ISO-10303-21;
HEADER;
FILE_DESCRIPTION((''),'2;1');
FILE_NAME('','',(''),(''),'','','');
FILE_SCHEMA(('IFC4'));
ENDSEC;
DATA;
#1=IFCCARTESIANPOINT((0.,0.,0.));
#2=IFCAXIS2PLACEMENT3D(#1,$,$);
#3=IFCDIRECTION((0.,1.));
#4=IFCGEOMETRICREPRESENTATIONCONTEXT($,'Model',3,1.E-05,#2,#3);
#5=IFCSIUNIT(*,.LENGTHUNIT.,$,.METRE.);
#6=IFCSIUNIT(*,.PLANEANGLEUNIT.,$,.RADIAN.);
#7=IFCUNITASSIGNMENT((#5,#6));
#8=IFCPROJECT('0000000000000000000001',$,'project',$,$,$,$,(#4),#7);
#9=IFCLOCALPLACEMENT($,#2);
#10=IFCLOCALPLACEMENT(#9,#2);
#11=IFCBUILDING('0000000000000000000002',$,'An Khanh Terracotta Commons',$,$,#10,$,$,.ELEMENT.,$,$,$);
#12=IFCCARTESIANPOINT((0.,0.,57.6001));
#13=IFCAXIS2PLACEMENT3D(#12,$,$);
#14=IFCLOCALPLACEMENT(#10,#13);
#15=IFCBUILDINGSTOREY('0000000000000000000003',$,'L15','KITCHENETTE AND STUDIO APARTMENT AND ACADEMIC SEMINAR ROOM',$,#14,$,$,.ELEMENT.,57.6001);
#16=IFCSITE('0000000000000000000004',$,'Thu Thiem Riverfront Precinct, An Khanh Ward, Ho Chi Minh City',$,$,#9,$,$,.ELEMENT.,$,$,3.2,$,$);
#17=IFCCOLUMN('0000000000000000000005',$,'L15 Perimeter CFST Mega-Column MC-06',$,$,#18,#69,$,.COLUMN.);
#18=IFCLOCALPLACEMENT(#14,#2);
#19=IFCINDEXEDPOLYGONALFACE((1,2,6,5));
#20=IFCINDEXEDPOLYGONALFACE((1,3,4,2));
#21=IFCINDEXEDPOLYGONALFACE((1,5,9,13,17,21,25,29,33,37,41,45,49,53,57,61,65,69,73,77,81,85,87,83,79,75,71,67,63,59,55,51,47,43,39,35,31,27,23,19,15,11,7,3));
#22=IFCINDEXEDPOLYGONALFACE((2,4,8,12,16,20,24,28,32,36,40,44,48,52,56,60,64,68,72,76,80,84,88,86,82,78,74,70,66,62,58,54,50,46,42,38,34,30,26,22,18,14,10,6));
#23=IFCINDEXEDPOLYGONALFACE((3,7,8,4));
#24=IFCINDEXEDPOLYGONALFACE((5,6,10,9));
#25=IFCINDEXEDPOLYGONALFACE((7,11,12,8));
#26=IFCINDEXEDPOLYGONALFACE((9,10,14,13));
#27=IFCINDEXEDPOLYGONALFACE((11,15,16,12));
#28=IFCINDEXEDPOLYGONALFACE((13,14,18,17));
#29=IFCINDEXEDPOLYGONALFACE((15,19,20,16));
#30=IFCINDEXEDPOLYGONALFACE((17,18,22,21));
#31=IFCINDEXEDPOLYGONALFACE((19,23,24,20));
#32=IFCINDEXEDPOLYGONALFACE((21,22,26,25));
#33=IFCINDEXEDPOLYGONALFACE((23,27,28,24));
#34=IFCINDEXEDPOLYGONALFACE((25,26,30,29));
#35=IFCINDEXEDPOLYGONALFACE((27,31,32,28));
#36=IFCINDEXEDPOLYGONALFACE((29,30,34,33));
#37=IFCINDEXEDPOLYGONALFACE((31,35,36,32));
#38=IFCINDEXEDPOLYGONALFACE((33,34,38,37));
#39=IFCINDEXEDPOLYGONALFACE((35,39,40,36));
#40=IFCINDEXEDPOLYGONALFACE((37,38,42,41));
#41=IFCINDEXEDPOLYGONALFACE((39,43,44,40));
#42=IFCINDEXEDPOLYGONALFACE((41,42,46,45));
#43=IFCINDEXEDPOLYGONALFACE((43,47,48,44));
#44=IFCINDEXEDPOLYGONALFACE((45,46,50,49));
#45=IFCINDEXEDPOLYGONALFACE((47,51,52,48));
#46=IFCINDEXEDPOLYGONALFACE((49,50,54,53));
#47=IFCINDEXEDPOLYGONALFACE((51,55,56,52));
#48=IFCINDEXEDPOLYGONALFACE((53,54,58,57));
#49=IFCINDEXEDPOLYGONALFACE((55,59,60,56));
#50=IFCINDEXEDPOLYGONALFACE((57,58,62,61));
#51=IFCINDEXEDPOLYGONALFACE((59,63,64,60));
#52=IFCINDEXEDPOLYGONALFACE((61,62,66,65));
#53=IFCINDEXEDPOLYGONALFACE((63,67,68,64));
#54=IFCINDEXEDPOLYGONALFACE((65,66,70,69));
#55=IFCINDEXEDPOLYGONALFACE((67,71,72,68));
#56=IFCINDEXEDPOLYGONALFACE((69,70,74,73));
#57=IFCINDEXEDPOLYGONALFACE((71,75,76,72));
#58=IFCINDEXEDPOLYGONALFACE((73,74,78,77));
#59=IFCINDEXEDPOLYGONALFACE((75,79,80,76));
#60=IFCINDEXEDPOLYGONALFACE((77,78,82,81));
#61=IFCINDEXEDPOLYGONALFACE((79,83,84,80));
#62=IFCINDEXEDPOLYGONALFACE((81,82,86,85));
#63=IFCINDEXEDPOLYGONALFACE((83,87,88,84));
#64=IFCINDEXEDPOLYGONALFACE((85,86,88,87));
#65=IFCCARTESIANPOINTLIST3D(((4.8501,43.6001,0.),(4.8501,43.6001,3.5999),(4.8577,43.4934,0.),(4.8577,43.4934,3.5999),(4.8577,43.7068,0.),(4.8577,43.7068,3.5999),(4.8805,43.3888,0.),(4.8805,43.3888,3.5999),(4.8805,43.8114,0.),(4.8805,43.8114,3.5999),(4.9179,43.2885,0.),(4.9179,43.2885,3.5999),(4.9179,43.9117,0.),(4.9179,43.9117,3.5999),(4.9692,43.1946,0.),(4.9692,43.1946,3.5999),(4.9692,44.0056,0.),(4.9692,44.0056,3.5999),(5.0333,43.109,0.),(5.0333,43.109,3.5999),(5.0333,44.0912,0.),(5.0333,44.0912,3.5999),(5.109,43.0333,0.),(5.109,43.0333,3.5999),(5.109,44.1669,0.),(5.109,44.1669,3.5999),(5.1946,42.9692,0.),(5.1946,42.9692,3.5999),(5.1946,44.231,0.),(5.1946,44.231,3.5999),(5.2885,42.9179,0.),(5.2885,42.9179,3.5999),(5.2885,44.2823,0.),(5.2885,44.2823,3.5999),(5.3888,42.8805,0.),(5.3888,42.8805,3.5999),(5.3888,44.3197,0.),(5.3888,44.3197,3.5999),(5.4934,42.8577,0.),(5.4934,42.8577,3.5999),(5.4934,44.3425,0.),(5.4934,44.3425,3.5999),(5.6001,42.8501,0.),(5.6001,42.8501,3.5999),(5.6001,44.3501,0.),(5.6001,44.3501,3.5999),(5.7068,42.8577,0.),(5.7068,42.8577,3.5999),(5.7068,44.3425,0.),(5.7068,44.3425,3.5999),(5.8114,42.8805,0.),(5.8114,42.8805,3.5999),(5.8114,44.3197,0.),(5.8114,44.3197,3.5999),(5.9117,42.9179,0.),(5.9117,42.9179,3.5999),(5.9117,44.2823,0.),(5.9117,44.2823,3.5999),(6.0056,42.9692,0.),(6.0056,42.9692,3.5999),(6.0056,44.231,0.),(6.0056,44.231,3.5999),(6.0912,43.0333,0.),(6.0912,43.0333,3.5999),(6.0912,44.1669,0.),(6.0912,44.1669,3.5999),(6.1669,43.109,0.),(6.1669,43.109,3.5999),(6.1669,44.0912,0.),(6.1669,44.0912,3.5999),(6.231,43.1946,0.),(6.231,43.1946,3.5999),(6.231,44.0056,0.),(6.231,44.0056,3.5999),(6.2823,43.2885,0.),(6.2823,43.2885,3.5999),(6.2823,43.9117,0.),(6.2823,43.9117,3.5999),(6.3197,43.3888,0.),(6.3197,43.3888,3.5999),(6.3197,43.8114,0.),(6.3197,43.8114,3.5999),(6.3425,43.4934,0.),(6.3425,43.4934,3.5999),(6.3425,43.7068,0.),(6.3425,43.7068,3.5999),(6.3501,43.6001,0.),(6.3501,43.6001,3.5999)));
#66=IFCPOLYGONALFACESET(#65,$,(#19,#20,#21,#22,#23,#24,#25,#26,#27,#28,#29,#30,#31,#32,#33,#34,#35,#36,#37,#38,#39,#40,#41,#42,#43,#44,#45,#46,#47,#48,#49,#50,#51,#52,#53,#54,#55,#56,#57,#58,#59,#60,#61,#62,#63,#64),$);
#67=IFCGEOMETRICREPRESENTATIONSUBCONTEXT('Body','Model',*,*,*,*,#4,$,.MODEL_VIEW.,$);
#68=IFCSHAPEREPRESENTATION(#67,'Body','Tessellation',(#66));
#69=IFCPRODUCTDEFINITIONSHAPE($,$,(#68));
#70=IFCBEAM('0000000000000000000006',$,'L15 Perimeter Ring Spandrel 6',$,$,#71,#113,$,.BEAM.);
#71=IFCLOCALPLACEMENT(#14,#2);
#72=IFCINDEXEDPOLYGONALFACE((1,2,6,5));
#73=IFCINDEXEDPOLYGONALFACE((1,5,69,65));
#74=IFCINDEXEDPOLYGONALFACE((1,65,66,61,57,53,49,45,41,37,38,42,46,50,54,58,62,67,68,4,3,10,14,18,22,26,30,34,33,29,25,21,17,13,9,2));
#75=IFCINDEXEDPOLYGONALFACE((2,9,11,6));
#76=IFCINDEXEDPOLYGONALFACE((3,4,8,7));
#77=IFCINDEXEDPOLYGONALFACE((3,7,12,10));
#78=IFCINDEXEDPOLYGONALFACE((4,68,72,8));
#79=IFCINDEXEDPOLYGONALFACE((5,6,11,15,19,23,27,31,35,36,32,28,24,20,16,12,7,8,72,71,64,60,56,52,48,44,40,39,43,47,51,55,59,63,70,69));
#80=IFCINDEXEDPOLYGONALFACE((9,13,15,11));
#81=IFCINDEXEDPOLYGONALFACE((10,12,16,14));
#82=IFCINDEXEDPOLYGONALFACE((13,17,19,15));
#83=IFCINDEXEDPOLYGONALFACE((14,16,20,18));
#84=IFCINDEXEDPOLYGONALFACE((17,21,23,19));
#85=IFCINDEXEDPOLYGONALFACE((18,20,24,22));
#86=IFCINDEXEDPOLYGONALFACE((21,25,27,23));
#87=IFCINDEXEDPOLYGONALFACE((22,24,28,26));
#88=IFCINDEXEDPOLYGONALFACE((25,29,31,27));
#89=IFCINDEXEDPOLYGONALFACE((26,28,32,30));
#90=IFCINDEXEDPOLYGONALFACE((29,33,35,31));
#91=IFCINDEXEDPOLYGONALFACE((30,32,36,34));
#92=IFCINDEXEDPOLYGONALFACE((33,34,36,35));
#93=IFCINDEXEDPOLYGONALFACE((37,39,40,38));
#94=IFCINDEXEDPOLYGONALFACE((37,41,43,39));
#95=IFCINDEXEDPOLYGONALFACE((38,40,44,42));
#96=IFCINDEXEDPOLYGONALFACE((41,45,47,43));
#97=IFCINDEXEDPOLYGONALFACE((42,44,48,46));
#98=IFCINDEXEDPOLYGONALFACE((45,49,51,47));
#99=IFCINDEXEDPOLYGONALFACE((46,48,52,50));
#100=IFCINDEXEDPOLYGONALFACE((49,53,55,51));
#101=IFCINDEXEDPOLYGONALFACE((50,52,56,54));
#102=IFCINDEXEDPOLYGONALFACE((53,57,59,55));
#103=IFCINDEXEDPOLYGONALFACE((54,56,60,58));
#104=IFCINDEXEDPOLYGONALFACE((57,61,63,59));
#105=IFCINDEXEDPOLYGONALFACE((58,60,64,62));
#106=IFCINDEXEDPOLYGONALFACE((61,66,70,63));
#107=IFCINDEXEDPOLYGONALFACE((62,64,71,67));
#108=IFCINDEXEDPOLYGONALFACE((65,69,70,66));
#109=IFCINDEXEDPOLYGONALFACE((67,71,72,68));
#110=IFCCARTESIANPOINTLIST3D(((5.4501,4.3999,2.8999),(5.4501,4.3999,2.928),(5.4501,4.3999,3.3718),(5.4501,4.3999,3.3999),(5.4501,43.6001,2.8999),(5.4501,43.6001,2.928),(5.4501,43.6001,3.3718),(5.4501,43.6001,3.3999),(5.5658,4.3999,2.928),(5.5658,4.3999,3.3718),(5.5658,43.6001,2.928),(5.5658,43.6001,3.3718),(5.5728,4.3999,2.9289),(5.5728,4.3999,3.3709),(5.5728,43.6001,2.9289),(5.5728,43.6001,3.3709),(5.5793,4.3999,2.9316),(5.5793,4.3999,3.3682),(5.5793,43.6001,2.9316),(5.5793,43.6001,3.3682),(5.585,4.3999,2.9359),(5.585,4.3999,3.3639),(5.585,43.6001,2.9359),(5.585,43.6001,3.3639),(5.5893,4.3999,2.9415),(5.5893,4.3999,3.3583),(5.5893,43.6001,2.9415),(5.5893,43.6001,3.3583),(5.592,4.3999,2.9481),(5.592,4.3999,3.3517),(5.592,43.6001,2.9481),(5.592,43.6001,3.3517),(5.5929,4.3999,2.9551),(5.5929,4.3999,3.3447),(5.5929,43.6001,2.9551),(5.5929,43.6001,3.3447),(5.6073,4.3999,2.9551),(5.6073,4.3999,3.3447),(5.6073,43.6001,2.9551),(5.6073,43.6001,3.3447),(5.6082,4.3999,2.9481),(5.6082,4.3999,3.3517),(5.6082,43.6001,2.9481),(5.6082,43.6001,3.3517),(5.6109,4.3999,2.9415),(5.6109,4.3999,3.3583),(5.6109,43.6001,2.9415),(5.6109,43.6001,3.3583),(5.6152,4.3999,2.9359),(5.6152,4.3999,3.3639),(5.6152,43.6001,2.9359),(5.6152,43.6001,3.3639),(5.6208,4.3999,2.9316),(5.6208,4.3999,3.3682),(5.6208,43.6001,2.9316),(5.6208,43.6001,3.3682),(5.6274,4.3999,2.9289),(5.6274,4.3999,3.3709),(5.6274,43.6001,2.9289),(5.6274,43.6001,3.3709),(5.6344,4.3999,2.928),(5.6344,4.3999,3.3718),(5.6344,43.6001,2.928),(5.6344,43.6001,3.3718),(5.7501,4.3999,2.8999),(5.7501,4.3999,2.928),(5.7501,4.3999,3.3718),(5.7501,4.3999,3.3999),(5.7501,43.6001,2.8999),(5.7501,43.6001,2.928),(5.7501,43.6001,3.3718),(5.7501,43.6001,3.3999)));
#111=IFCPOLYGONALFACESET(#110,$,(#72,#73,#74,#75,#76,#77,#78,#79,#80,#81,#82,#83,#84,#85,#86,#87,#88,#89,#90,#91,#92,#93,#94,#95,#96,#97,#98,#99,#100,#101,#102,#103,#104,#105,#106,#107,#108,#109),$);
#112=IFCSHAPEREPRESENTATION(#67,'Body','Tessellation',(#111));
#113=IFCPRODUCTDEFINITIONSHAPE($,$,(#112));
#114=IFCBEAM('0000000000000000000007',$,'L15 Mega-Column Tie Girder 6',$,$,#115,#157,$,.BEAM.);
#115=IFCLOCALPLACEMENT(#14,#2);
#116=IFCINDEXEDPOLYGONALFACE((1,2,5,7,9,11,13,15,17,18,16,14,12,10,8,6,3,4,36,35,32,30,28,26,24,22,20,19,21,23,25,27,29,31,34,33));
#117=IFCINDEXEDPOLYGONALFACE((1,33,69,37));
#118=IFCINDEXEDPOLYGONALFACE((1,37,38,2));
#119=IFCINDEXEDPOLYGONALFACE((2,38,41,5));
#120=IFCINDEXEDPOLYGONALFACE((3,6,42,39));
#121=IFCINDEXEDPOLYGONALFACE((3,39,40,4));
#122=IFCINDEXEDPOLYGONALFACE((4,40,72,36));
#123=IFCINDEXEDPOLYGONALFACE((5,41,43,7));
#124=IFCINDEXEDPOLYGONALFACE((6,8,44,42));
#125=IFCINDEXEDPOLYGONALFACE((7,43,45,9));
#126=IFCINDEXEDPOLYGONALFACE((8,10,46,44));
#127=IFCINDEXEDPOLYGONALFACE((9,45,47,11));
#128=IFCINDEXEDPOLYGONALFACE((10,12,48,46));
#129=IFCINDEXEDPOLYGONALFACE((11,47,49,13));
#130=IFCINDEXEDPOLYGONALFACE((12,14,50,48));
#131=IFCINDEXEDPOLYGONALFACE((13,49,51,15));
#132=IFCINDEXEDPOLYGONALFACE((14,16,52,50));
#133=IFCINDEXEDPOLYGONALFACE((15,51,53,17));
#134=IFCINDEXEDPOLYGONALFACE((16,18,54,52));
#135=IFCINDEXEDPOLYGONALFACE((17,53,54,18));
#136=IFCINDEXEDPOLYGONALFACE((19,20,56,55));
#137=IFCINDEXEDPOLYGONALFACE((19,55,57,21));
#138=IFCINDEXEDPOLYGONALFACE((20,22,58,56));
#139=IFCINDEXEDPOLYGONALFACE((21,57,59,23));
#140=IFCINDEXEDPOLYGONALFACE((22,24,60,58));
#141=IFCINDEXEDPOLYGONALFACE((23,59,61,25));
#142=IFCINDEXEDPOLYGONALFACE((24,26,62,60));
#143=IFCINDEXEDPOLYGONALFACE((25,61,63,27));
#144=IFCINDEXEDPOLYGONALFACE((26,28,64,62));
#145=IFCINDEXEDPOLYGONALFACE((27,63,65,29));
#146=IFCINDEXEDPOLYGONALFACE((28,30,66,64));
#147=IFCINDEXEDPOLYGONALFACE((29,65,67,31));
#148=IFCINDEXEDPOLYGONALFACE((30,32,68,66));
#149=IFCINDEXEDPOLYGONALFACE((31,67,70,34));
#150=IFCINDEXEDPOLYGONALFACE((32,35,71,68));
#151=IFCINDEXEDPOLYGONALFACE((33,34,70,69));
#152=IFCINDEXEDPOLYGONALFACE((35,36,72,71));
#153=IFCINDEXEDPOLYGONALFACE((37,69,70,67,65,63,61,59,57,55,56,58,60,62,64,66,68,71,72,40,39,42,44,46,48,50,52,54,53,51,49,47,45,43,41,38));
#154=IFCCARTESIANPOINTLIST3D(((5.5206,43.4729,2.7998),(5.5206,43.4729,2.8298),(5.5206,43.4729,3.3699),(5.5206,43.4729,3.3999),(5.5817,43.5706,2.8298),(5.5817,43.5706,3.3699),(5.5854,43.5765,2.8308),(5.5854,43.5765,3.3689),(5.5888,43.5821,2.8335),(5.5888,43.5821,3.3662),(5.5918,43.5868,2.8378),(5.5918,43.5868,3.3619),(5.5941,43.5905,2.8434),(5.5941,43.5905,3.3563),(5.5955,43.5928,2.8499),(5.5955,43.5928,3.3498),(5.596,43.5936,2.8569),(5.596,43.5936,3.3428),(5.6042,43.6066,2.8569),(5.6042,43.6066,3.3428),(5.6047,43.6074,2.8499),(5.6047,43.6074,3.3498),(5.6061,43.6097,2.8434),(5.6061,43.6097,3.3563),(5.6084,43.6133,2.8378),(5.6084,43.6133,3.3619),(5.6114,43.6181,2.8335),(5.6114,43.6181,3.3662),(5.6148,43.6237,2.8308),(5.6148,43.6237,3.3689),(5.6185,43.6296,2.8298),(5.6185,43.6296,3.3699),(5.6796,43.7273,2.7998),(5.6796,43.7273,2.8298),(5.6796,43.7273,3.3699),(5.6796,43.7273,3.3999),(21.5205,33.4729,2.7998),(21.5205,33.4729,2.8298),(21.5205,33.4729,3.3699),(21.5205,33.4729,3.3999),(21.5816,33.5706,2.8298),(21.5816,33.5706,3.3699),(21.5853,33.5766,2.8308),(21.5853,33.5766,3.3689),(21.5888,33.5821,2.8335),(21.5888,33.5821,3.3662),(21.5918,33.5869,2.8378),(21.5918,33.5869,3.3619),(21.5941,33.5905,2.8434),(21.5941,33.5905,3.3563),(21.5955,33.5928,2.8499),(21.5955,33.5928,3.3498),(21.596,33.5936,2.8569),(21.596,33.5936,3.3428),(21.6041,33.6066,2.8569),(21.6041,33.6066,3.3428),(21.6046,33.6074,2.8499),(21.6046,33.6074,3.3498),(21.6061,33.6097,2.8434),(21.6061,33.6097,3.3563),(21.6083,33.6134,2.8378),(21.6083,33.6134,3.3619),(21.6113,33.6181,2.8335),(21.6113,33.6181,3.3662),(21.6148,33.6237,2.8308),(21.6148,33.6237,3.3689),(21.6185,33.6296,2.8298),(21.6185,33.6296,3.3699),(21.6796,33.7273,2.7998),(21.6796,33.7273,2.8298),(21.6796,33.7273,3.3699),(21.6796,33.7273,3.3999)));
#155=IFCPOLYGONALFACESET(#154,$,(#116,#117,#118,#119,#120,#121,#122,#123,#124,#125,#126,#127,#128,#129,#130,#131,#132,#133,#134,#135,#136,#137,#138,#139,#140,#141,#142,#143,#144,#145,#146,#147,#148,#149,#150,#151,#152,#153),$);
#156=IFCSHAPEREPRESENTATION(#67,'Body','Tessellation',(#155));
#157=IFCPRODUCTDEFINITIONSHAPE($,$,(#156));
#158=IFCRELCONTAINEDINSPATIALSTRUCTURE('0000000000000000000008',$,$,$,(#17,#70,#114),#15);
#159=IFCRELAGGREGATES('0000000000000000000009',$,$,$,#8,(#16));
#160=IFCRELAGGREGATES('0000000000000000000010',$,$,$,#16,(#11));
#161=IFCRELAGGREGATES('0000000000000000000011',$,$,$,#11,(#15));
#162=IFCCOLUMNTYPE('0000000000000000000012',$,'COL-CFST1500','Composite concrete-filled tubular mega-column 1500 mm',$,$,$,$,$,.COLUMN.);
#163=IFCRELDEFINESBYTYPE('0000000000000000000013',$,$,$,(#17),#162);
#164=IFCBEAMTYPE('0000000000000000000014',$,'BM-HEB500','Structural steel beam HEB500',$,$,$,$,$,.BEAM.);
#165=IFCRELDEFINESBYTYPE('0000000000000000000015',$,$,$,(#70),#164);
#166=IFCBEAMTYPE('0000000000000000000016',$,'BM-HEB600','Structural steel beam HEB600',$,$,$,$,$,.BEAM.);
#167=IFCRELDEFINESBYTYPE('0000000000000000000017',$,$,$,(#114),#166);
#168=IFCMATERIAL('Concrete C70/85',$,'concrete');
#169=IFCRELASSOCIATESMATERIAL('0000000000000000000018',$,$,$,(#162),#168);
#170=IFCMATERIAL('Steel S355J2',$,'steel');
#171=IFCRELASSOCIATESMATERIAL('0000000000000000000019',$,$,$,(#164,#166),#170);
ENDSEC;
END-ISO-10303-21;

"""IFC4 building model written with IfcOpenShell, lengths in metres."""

from ifc_helpers import new_model, si_unit, direction, frame, origin, origin_2d, place, context, subcontext, project, spatial, circle, i_section, extrude, material, material_profile, profile_set, type_object, element, save


model = new_model("IFC4")

# Units and contexts
model_context = context("Model", 3, precision=1e-05, world=origin(), true_north=direction((0.0, 1.0)))
body_context = subcontext(model_context, "Body", "Model", "MODEL_VIEW")
ifc_project = project(units=[si_unit("LENGTHUNIT", "METRE"), si_unit("PLANEANGLEUNIT", "RADIAN")], contexts=[model_context])

# Site, building, storey
site_placement = place(None, origin())
site = spatial("IfcSite", under=ifc_project, at=site_placement, Name="Thu Thiem Riverfront Precinct, An Khanh Ward, Ho Chi Minh City", CompositionType="ELEMENT", RefElevation=3.2)
building_placement = place(site_placement, origin())
building = spatial("IfcBuilding", under=site, at=building_placement, Name="An Khanh Terracotta Commons", CompositionType="ELEMENT")
storey_placement = place(building_placement, frame((0.0, 0.0, 57.6001)))
storey = spatial("IfcBuildingStorey", under=building, at=storey_placement, Name="L15", Description="KITCHENETTE AND STUDIO APARTMENT AND ACADEMIC SEMINAR ROOM", CompositionType="ELEMENT", Elevation=57.6001)

# Column
ifc_material_1 = material(Name="Concrete C70/85", Category="concrete")
ifc_material_profile_1 = material_profile(ifc_material_1, circle(Radius=0.75, at=origin_2d()), Name="CFST1500")
ifc_profile_set_1 = profile_set([ifc_material_profile_1], Name="Concrete C70/85")
column_type = type_object("IfcColumnType", Name="COL-CFST1500", Description="Composite concrete-filled tubular mega-column 1500 mm", PredefinedType="COLUMN", material=ifc_profile_set_1)
column_placement = place(storey_placement, frame((5.6001, 43.6001, 0.0), z_axis=(0.0, 0.0, 1.0), x_axis=(1.0, 0.0, 0.0)))
element("IfcColumn", 1, at=column_placement, inside=storey, type_object=column_type, Name="L15 Perimeter CFST Mega-Column MC-06", PredefinedType="COLUMN", context=body_context, shape_type="SweptSolid", body=[
    extrude(circle(Radius=0.75, at=origin_2d()), origin(), (0.0, 0.0, 1.0), 3.5999),
])

# Beams
ifc_material_2 = material(Name="Steel S355J2", Category="steel")
ifc_material_profile_2 = material_profile(ifc_material_2, i_section(OverallWidth=0.3, OverallDepth=0.5, WebThickness=0.0144, FlangeThickness=0.0281, FilletRadius=0.0271, at=origin_2d()), Name="HEB500")
ifc_profile_set_2 = profile_set([ifc_material_profile_2], Name="Steel S355J2")
beam_type_1 = type_object("IfcBeamType", Name="BM-HEB500", Description="Structural steel beam HEB500", PredefinedType="BEAM", material=ifc_profile_set_2)
beam_1_placement = place(storey_placement, frame((5.6001, 43.6001, 3.1499), z_axis=(0.0, -1.0, 0.0), x_axis=(1.0, 0.0, 0.0)))
element("IfcBeam", 2, at=beam_1_placement, inside=storey, type_object=beam_type_1, Name="L15 Perimeter Ring Spandrel 6", PredefinedType="BEAM", context=body_context, shape_type="SweptSolid", body=[
    extrude(i_section(OverallWidth=0.3, OverallDepth=0.5, WebThickness=0.0144, FlangeThickness=0.0281, FilletRadius=0.0271, at=origin_2d()), origin(), (0.0, 0.0, 1.0), 39.2002),
])
ifc_material_profile_3 = material_profile(ifc_material_2, i_section(OverallWidth=0.3, OverallDepth=0.6001, WebThickness=0.0154, FlangeThickness=0.03, FilletRadius=0.0271, at=origin_2d()), Name="HEB600")
ifc_profile_set_3 = profile_set([ifc_material_profile_3], Name="Steel S355J2")
beam_type_2 = type_object("IfcBeamType", Name="BM-HEB600", Description="Structural steel beam HEB600", PredefinedType="BEAM", material=ifc_profile_set_3)
beam_2_placement = place(storey_placement, frame((5.6001, 43.6001, 3.0999), z_axis=(0.847998, -0.529999, 0.0), x_axis=(0.529999, 0.847998, 0.0)))
element("IfcBeam", 3, at=beam_2_placement, inside=storey, type_object=beam_type_2, Name="L15 Mega-Column Tie Girder 6", PredefinedType="BEAM", context=body_context, shape_type="SweptSolid", body=[
    extrude(i_section(OverallWidth=0.3, OverallDepth=0.6001, WebThickness=0.0154, FlangeThickness=0.03, FilletRadius=0.0271, at=origin_2d()), origin(), (0.0, 0.0, 1.0), 18.8679),
])

save(model, "model.ifc")
